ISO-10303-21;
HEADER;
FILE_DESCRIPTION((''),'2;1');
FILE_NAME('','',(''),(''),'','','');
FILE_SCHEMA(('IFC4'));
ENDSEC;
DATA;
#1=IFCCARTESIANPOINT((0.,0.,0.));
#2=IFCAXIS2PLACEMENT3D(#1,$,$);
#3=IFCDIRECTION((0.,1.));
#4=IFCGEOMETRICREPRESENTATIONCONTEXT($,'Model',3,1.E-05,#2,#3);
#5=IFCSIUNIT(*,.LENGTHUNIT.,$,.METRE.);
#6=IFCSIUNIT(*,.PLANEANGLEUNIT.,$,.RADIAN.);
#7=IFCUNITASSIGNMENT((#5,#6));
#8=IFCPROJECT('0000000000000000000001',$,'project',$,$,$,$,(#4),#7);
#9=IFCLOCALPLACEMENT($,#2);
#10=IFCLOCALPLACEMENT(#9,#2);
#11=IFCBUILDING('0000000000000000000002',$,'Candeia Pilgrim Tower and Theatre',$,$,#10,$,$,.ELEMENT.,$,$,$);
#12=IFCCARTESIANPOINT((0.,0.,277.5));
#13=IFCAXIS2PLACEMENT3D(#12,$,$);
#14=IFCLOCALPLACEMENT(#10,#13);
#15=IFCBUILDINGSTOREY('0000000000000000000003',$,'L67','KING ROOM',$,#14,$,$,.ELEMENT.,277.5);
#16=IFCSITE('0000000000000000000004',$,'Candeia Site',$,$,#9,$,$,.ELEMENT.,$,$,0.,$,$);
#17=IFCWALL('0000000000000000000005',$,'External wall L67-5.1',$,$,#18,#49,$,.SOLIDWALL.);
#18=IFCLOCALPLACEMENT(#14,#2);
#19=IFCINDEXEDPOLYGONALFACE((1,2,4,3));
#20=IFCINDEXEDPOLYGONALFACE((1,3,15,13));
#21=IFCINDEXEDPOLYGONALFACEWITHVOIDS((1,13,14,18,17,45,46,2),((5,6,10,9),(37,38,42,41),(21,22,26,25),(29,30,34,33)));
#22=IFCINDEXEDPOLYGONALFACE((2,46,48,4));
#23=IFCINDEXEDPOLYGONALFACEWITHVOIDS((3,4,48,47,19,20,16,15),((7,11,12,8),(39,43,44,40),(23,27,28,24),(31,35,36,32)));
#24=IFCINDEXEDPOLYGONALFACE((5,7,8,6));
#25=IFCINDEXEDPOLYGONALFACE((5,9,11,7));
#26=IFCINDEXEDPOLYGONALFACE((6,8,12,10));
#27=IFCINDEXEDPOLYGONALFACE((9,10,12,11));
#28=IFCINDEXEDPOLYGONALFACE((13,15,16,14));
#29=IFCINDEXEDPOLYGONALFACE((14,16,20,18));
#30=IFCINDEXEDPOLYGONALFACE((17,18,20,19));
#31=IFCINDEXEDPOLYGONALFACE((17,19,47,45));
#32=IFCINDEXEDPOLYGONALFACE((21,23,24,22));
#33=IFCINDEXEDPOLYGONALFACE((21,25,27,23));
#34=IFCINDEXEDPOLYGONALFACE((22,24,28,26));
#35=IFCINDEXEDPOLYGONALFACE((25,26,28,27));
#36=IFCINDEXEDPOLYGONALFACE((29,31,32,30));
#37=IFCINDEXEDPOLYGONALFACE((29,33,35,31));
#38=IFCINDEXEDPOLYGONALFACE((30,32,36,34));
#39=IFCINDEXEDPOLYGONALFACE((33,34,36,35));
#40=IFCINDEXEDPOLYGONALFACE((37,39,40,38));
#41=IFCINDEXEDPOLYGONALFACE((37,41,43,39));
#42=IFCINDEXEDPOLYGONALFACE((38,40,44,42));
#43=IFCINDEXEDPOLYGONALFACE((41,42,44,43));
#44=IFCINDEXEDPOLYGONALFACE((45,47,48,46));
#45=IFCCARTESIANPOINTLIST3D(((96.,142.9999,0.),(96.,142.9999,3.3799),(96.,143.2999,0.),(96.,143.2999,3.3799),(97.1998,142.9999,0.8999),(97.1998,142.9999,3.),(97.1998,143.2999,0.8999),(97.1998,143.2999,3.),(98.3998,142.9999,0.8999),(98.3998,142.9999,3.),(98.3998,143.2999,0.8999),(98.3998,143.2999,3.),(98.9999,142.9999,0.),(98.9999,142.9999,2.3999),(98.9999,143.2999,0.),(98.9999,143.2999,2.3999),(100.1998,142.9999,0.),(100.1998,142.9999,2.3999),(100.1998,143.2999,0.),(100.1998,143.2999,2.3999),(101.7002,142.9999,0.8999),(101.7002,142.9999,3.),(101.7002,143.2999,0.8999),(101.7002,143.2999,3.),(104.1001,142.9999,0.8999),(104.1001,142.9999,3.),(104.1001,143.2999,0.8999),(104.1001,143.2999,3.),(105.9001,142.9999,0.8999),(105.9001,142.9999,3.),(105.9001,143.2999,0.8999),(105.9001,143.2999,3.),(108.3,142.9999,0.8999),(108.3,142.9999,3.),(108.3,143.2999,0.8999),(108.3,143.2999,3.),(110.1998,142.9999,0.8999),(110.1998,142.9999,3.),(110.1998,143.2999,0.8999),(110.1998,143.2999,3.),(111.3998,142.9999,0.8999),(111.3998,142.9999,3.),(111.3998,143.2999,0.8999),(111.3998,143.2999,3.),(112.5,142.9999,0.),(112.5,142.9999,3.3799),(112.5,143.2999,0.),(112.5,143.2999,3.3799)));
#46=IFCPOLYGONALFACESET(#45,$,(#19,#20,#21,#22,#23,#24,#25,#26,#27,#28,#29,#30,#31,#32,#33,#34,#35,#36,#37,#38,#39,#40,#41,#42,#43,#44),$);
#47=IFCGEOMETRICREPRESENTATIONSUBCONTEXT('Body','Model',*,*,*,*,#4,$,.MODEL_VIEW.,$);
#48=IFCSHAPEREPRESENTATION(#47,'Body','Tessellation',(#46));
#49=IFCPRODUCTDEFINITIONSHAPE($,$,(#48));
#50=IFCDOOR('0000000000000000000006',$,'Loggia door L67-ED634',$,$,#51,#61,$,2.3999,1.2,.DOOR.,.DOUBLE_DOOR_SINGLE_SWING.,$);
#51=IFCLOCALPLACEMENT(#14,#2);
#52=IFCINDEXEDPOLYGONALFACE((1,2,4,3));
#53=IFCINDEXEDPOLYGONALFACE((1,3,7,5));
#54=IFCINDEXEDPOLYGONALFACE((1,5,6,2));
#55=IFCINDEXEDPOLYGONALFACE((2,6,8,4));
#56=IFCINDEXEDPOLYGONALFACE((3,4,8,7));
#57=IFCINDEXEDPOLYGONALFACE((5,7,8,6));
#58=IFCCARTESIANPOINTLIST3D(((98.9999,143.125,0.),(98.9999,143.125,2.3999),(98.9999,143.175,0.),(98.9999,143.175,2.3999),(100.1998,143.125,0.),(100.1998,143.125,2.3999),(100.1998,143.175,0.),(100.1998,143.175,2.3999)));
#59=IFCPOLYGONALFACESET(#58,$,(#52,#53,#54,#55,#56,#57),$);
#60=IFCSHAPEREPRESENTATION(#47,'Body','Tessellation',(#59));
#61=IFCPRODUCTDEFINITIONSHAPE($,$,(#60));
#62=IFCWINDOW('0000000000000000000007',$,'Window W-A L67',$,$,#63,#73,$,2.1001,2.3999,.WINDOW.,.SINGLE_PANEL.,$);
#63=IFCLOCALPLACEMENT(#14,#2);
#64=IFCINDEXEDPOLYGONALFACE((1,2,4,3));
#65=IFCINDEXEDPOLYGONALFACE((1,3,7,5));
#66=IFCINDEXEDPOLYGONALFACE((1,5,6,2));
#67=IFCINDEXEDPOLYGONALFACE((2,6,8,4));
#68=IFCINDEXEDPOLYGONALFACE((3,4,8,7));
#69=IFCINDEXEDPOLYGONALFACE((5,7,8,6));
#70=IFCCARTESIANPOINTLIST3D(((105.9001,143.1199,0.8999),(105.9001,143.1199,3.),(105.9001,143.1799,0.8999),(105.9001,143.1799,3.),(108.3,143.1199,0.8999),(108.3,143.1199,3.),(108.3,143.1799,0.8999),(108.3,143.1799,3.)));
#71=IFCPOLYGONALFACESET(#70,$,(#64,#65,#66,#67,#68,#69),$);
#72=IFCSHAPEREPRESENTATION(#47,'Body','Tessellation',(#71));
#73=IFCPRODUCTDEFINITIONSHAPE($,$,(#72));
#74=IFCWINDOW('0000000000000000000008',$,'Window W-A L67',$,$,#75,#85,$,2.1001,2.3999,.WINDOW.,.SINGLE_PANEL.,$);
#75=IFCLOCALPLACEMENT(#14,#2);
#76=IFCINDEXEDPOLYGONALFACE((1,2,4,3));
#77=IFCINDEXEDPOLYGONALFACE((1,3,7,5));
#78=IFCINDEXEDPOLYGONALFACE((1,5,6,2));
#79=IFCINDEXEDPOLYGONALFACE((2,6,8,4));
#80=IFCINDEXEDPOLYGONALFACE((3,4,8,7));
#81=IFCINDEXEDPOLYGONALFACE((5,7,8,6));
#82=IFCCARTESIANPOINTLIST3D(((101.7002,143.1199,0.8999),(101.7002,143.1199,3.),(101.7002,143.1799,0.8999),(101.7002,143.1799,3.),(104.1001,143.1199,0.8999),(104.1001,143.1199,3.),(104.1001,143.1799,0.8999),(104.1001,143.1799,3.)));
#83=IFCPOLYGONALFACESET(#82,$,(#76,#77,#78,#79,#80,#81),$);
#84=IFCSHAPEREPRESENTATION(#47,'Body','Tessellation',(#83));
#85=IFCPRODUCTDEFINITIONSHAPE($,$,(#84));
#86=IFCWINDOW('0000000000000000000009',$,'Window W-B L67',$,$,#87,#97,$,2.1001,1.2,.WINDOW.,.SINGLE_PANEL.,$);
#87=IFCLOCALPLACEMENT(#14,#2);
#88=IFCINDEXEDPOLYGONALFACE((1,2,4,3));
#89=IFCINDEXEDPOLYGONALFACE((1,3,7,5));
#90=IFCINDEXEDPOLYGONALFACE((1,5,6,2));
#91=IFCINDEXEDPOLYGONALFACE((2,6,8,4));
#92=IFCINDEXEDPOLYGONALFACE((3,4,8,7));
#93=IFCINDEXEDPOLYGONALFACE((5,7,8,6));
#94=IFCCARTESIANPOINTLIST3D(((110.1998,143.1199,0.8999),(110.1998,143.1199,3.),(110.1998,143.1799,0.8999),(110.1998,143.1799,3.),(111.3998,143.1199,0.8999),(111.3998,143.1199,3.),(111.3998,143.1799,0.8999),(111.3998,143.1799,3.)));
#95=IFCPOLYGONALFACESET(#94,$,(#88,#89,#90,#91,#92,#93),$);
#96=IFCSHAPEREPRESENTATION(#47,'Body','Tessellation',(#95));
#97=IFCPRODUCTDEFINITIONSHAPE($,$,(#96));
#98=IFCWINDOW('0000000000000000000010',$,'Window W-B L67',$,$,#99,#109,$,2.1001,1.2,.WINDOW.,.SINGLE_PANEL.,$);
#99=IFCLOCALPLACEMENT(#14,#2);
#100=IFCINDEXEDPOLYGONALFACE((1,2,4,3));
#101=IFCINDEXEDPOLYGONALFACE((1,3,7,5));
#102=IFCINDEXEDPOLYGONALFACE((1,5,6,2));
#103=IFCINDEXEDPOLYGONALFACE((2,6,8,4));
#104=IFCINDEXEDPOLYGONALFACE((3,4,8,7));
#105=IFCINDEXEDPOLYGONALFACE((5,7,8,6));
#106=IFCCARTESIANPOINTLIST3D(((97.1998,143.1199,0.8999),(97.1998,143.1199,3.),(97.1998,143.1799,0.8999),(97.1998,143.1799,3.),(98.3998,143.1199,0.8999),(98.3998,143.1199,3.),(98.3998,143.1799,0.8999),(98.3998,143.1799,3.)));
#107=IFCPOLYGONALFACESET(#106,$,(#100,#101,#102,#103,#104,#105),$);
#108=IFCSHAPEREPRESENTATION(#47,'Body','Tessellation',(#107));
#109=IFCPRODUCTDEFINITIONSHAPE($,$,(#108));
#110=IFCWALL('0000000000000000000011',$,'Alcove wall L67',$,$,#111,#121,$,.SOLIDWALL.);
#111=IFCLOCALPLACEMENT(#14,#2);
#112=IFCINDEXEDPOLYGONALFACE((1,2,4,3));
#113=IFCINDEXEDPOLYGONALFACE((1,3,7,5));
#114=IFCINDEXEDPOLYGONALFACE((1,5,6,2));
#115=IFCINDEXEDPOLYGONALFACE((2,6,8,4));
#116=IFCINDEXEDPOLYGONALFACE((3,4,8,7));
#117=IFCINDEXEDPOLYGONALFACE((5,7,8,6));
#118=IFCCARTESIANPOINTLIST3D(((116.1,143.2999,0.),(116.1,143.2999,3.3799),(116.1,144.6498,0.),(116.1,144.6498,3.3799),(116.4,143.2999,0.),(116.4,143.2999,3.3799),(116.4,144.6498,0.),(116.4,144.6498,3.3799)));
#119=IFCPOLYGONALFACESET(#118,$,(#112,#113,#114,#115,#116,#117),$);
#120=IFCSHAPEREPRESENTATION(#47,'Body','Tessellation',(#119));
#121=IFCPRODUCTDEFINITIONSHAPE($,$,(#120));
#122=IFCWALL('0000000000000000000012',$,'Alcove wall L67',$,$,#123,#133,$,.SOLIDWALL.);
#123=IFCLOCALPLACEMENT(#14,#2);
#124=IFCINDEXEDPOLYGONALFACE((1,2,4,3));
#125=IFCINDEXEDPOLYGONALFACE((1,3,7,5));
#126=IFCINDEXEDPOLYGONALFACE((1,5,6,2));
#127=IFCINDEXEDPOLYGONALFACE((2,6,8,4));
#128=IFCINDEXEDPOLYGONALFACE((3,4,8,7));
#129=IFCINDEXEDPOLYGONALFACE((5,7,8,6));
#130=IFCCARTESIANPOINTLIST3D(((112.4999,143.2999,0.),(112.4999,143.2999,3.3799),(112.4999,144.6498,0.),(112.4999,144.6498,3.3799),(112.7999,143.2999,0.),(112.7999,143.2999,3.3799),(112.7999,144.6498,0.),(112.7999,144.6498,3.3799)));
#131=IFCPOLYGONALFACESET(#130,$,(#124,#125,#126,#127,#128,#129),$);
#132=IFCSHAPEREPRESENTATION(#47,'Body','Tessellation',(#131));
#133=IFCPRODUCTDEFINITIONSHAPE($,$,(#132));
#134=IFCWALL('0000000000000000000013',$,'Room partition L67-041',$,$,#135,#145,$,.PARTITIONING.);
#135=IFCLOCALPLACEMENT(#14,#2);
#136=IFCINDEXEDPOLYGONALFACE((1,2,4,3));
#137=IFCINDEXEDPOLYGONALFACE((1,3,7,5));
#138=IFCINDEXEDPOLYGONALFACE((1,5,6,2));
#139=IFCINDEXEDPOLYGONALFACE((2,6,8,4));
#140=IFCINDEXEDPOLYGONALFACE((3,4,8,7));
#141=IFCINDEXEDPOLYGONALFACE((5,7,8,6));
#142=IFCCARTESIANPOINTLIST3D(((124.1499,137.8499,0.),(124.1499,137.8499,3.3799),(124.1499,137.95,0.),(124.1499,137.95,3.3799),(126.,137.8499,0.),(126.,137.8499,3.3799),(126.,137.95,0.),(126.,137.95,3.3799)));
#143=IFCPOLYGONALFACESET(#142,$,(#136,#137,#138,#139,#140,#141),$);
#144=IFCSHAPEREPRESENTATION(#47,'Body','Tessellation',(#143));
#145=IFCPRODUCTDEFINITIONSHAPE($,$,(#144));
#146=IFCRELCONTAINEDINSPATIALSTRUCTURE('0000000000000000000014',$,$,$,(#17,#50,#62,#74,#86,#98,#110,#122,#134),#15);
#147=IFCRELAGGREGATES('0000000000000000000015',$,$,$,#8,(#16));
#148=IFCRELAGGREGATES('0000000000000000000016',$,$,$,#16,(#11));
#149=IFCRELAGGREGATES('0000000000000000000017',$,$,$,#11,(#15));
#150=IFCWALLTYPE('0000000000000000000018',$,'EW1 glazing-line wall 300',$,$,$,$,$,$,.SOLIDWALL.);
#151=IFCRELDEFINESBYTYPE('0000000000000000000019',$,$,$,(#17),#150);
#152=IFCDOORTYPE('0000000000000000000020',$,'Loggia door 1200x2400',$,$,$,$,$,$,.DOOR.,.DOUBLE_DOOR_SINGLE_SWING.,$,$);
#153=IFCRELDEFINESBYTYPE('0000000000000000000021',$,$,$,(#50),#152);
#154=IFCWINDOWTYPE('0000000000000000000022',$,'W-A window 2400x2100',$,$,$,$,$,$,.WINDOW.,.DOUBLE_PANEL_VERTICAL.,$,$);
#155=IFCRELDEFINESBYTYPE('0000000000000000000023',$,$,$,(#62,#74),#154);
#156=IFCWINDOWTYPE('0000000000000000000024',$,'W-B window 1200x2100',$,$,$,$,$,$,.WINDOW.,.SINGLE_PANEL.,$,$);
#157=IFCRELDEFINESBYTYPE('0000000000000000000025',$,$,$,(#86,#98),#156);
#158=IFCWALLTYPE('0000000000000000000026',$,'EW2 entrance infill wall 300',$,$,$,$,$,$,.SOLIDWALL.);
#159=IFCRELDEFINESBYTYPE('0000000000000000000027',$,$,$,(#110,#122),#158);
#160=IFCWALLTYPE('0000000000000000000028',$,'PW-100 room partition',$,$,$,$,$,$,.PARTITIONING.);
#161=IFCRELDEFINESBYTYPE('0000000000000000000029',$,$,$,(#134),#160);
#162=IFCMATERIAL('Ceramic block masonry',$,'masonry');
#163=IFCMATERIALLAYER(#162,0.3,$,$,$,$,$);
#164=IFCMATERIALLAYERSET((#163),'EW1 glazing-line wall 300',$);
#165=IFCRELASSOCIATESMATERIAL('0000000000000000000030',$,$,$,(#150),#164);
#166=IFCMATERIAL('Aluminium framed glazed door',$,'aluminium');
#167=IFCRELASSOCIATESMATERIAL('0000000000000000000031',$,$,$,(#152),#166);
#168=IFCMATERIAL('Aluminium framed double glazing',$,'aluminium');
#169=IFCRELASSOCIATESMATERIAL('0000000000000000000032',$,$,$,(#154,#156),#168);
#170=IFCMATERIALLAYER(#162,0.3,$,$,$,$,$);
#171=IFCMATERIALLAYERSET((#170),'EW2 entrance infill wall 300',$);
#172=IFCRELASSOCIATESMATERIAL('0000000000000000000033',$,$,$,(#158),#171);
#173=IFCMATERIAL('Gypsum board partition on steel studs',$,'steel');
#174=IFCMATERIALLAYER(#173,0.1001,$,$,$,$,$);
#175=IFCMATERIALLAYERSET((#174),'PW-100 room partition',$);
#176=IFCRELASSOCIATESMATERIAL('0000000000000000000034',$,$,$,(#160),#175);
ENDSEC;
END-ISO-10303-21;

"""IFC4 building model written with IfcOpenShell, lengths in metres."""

from ifc_helpers import new_model, si_unit, direction, frame, frame_2d, origin, place, context, subcontext, project, spatial, rectangle, extrude, material, layer, layer_set, type_object, element, fill, save


model = new_model("IFC4")

# Units and contexts
model_context = context("Model", 3, precision=1e-05, world=origin(), true_north=direction((0.0, 1.0)))
body_context = subcontext(model_context, "Body", "Model", "MODEL_VIEW")
ifc_project = project(units=[si_unit("LENGTHUNIT", "METRE"), si_unit("PLANEANGLEUNIT", "RADIAN")], contexts=[model_context])

# Site, building, storey
site_placement = place(None, origin())
site = spatial("IfcSite", under=ifc_project, at=site_placement, Name="Candeia Site", CompositionType="ELEMENT", RefElevation=0.0)
building_placement = place(site_placement, origin())
building = spatial("IfcBuilding", under=site, at=building_placement, Name="Candeia Pilgrim Tower and Theatre", CompositionType="ELEMENT")
storey_placement = place(building_placement, frame((0.0, 0.0, 277.5)))
storey = spatial("IfcBuildingStorey", under=building, at=storey_placement, Name="L67", Description="KING ROOM", CompositionType="ELEMENT", Elevation=277.5)

# Wall, openings, door, windows
ifc_material_1 = material(Name="Ceramic block masonry", Category="masonry")
ifc_layer_1 = layer(ifc_material_1, 0.3)
ifc_layer_set_1 = layer_set([ifc_layer_1], Name="EW1 glazing-line wall 300")
wall_type_1 = type_object("IfcWallType", Name="EW1 glazing-line wall 300", PredefinedType="SOLIDWALL", material=ifc_layer_set_1)
wall_1_placement = place(storey_placement, frame((112.5, 143.1499, 0.0), z_axis=(0.0, 0.0, 1.0), x_axis=(-1.0, 0.0, 0.0)))
wall_1 = element("IfcWall", 1, at=wall_1_placement, inside=storey, type_object=wall_type_1, Name="External wall L67-5.1", PredefinedType="SOLIDWALL", context=body_context, shape_type="SweptSolid", body=[
    extrude(rectangle(XDim=16.5, YDim=0.3, at=frame_2d((8.25, 0.0))), origin(), (0.0, 0.0, 1.0), 3.3799),
])
opening_1_placement = place(wall_1_placement, frame((1.1001, 0.0, 0.8999)))
opening_1 = element("IfcOpeningElement", 2, at=opening_1_placement, cuts=wall_1, PredefinedType="OPENING", context=body_context, shape_type="SweptSolid", body=[
    extrude(rectangle(XDim=1.2, YDim=2.1001, at=frame_2d((0.6001, 1.05))), frame((0.0, 0.1602, 0.0), z_axis=(0.0, -1.0, 0.0), x_axis=(1.0, 0.0, 0.0)), (0.0, 0.0, 1.0), 0.3201),
])
opening_2_placement = place(wall_1_placement, frame((4.2, 0.0, 0.8999)))
opening_2 = element("IfcOpeningElement", 3, at=opening_2_placement, cuts=wall_1, PredefinedType="OPENING", context=body_context, shape_type="SweptSolid", body=[
    extrude(rectangle(XDim=2.3999, YDim=2.1001, at=frame_2d((1.2, 1.05))), frame((0.0, 0.1602, 0.0), z_axis=(0.0, -1.0, 0.0), x_axis=(1.0, 0.0, 0.0)), (0.0, 0.0, 1.0), 0.3201),
])
opening_3_placement = place(wall_1_placement, frame((8.3999, 0.0, 0.8999)))
opening_3 = element("IfcOpeningElement", 4, at=opening_3_placement, cuts=wall_1, PredefinedType="OPENING", context=body_context, shape_type="SweptSolid", body=[
    extrude(rectangle(XDim=2.3999, YDim=2.1001, at=frame_2d((1.2, 1.05))), frame((0.0, 0.1602, 0.0), z_axis=(0.0, -1.0, 0.0), x_axis=(1.0, 0.0, 0.0)), (0.0, 0.0, 1.0), 0.3201),
])
opening_4_placement = place(wall_1_placement, frame((12.3, 0.0, 0.0)))
opening_4 = element("IfcOpeningElement", 5, at=opening_4_placement, cuts=wall_1, PredefinedType="OPENING", context=body_context, shape_type="SweptSolid", body=[
    extrude(rectangle(XDim=1.2, YDim=2.3999, at=frame_2d((0.6001, 1.2))), frame((0.0, 0.1602, 0.0), z_axis=(0.0, -1.0, 0.0), x_axis=(1.0, 0.0, 0.0)), (0.0, 0.0, 1.0), 0.3201),
])
opening_5_placement = place(wall_1_placement, frame((14.1001, 0.0, 0.8999)))
opening_5 = element("IfcOpeningElement", 6, at=opening_5_placement, cuts=wall_1, PredefinedType="OPENING", context=body_context, shape_type="SweptSolid", body=[
    extrude(rectangle(XDim=1.2, YDim=2.1001, at=frame_2d((0.6001, 1.05))), frame((0.0, 0.1602, 0.0), z_axis=(0.0, -1.0, 0.0), x_axis=(1.0, 0.0, 0.0)), (0.0, 0.0, 1.0), 0.3201),
])
ifc_material_2 = material(Name="Aluminium framed glazed door", Category="aluminium")
door_type = type_object("IfcDoorType", Name="Loggia door 1200x2400", OperationType="DOUBLE_DOOR_SINGLE_SWING", PredefinedType="DOOR", material=ifc_material_2)
door_1_placement = place(opening_4_placement, origin())
door_1 = element("IfcDoor", 7, at=door_1_placement, inside=storey, type_object=door_type, Name="Loggia door L67-ED634", OperationType="DOUBLE_DOOR_SINGLE_SWING", OverallHeight=2.3999, OverallWidth=1.2, PredefinedType="DOOR", context=body_context, shape_type="SweptSolid", body=[
    extrude(rectangle(XDim=1.2, YDim=2.3999, at=frame_2d((0.6001, 1.2))), frame((0.0, 0.0249, 0.0), z_axis=(0.0, -1.0, 0.0), x_axis=(1.0, 0.0, 0.0)), (0.0, 0.0, 1.0), 0.05),
])
fill(opening_4, door_1)
ifc_material_3 = material(Name="Aluminium framed double glazing", Category="aluminium")
window_type_1 = type_object("IfcWindowType", Name="W-A window 2400x2100", PartitioningType="DOUBLE_PANEL_VERTICAL", PredefinedType="WINDOW", material=ifc_material_3)
window_1_placement = place(opening_2_placement, origin())
window_1 = element("IfcWindow", 8, at=window_1_placement, inside=storey, type_object=window_type_1, Name="Window W-A L67", OverallHeight=2.1001, OverallWidth=2.3999, PartitioningType="SINGLE_PANEL", PredefinedType="WINDOW", context=body_context, shape_type="SweptSolid", body=[
    extrude(rectangle(XDim=2.3999, YDim=2.1001, at=frame_2d((1.2, 1.05))), frame((0.0, 0.03, 0.0), z_axis=(0.0, -1.0, 0.0), x_axis=(1.0, 0.0, 0.0)), (0.0, 0.0, 1.0), 0.0601),
])
fill(opening_2, window_1)
window_2_placement = place(opening_3_placement, origin())
window_2 = element("IfcWindow", 9, at=window_2_placement, inside=storey, type_object=window_type_1, Name="Window W-A L67", OverallHeight=2.1001, OverallWidth=2.3999, PartitioningType="SINGLE_PANEL", PredefinedType="WINDOW", context=body_context, shape_type="SweptSolid", body=[
    extrude(rectangle(XDim=2.3999, YDim=2.1001, at=frame_2d((1.2, 1.05))), frame((0.0, 0.03, 0.0), z_axis=(0.0, -1.0, 0.0), x_axis=(1.0, 0.0, 0.0)), (0.0, 0.0, 1.0), 0.0601),
])
fill(opening_3, window_2)
window_type_2 = type_object("IfcWindowType", Name="W-B window 1200x2100", PartitioningType="SINGLE_PANEL", PredefinedType="WINDOW", material=ifc_material_3)
window_3_placement = place(opening_1_placement, origin())
window_3 = element("IfcWindow", 10, at=window_3_placement, inside=storey, type_object=window_type_2, Name="Window W-B L67", OverallHeight=2.1001, OverallWidth=1.2, PartitioningType="SINGLE_PANEL", PredefinedType="WINDOW", context=body_context, shape_type="SweptSolid", body=[
    extrude(rectangle(XDim=1.2, YDim=2.1001, at=frame_2d((0.6001, 1.05))), frame((0.0, 0.03, 0.0), z_axis=(0.0, -1.0, 0.0), x_axis=(1.0, 0.0, 0.0)), (0.0, 0.0, 1.0), 0.0601),
])
fill(opening_1, window_3)
window_4_placement = place(opening_5_placement, origin())
window_4 = element("IfcWindow", 11, at=window_4_placement, inside=storey, type_object=window_type_2, Name="Window W-B L67", OverallHeight=2.1001, OverallWidth=1.2, PartitioningType="SINGLE_PANEL", PredefinedType="WINDOW", context=body_context, shape_type="SweptSolid", body=[
    extrude(rectangle(XDim=1.2, YDim=2.1001, at=frame_2d((0.6001, 1.05))), frame((0.0, 0.03, 0.0), z_axis=(0.0, -1.0, 0.0), x_axis=(1.0, 0.0, 0.0)), (0.0, 0.0, 1.0), 0.0601),
])
fill(opening_5, window_4)

# Walls
ifc_layer_2 = layer(ifc_material_1, 0.3)
ifc_layer_set_2 = layer_set([ifc_layer_2], Name="EW2 entrance infill wall 300")
wall_type_2 = type_object("IfcWallType", Name="EW2 entrance infill wall 300", PredefinedType="SOLIDWALL", material=ifc_layer_set_2)
for number, where, z_axis, x_axis, name in (
    (12, (116.25, 143.3, 0.0), (0.0, 0.0, 1.0), (0.0, 1.0, 0.0), "Alcove wall L67"),
    (13, (112.6499, 143.3, 0.0), (0.0, 0.0, 1.0), (0.0, 1.0, 0.0), "Alcove wall L67"),
):
    element("IfcWall", number, at=place(storey_placement, frame(where, z_axis=z_axis, x_axis=x_axis)), inside=storey, type_object=wall_type_2, Name=name, PredefinedType="SOLIDWALL", context=body_context, shape_type="SweptSolid", body=[
        extrude(rectangle(XDim=1.3499, YDim=0.3, at=frame_2d((0.6748, 0.0))), origin(), (0.0, 0.0, 1.0), 3.3799),
    ])

# Wall
ifc_material_4 = material(Name="Gypsum board partition on steel studs", Category="steel")
ifc_layer_3 = layer(ifc_material_4, 0.1001)
ifc_layer_set_3 = layer_set([ifc_layer_3], Name="PW-100 room partition")
wall_type_3 = type_object("IfcWallType", Name="PW-100 room partition", PredefinedType="PARTITIONING", material=ifc_layer_set_3)
wall_2_placement = place(storey_placement, frame((124.1499, 137.8999, 0.0), z_axis=(0.0, 0.0, 1.0), x_axis=(1.0, 0.0, 0.0)))
element("IfcWall", 14, at=wall_2_placement, inside=storey, type_object=wall_type_3, Name="Room partition L67-041", PredefinedType="PARTITIONING", context=body_context, shape_type="SweptSolid", body=[
    extrude(rectangle(XDim=1.8501, YDim=0.1001, at=frame_2d((0.925, 0.0))), origin(), (0.0, 0.0, 1.0), 3.3799),
])

save(model, "model.ifc")
